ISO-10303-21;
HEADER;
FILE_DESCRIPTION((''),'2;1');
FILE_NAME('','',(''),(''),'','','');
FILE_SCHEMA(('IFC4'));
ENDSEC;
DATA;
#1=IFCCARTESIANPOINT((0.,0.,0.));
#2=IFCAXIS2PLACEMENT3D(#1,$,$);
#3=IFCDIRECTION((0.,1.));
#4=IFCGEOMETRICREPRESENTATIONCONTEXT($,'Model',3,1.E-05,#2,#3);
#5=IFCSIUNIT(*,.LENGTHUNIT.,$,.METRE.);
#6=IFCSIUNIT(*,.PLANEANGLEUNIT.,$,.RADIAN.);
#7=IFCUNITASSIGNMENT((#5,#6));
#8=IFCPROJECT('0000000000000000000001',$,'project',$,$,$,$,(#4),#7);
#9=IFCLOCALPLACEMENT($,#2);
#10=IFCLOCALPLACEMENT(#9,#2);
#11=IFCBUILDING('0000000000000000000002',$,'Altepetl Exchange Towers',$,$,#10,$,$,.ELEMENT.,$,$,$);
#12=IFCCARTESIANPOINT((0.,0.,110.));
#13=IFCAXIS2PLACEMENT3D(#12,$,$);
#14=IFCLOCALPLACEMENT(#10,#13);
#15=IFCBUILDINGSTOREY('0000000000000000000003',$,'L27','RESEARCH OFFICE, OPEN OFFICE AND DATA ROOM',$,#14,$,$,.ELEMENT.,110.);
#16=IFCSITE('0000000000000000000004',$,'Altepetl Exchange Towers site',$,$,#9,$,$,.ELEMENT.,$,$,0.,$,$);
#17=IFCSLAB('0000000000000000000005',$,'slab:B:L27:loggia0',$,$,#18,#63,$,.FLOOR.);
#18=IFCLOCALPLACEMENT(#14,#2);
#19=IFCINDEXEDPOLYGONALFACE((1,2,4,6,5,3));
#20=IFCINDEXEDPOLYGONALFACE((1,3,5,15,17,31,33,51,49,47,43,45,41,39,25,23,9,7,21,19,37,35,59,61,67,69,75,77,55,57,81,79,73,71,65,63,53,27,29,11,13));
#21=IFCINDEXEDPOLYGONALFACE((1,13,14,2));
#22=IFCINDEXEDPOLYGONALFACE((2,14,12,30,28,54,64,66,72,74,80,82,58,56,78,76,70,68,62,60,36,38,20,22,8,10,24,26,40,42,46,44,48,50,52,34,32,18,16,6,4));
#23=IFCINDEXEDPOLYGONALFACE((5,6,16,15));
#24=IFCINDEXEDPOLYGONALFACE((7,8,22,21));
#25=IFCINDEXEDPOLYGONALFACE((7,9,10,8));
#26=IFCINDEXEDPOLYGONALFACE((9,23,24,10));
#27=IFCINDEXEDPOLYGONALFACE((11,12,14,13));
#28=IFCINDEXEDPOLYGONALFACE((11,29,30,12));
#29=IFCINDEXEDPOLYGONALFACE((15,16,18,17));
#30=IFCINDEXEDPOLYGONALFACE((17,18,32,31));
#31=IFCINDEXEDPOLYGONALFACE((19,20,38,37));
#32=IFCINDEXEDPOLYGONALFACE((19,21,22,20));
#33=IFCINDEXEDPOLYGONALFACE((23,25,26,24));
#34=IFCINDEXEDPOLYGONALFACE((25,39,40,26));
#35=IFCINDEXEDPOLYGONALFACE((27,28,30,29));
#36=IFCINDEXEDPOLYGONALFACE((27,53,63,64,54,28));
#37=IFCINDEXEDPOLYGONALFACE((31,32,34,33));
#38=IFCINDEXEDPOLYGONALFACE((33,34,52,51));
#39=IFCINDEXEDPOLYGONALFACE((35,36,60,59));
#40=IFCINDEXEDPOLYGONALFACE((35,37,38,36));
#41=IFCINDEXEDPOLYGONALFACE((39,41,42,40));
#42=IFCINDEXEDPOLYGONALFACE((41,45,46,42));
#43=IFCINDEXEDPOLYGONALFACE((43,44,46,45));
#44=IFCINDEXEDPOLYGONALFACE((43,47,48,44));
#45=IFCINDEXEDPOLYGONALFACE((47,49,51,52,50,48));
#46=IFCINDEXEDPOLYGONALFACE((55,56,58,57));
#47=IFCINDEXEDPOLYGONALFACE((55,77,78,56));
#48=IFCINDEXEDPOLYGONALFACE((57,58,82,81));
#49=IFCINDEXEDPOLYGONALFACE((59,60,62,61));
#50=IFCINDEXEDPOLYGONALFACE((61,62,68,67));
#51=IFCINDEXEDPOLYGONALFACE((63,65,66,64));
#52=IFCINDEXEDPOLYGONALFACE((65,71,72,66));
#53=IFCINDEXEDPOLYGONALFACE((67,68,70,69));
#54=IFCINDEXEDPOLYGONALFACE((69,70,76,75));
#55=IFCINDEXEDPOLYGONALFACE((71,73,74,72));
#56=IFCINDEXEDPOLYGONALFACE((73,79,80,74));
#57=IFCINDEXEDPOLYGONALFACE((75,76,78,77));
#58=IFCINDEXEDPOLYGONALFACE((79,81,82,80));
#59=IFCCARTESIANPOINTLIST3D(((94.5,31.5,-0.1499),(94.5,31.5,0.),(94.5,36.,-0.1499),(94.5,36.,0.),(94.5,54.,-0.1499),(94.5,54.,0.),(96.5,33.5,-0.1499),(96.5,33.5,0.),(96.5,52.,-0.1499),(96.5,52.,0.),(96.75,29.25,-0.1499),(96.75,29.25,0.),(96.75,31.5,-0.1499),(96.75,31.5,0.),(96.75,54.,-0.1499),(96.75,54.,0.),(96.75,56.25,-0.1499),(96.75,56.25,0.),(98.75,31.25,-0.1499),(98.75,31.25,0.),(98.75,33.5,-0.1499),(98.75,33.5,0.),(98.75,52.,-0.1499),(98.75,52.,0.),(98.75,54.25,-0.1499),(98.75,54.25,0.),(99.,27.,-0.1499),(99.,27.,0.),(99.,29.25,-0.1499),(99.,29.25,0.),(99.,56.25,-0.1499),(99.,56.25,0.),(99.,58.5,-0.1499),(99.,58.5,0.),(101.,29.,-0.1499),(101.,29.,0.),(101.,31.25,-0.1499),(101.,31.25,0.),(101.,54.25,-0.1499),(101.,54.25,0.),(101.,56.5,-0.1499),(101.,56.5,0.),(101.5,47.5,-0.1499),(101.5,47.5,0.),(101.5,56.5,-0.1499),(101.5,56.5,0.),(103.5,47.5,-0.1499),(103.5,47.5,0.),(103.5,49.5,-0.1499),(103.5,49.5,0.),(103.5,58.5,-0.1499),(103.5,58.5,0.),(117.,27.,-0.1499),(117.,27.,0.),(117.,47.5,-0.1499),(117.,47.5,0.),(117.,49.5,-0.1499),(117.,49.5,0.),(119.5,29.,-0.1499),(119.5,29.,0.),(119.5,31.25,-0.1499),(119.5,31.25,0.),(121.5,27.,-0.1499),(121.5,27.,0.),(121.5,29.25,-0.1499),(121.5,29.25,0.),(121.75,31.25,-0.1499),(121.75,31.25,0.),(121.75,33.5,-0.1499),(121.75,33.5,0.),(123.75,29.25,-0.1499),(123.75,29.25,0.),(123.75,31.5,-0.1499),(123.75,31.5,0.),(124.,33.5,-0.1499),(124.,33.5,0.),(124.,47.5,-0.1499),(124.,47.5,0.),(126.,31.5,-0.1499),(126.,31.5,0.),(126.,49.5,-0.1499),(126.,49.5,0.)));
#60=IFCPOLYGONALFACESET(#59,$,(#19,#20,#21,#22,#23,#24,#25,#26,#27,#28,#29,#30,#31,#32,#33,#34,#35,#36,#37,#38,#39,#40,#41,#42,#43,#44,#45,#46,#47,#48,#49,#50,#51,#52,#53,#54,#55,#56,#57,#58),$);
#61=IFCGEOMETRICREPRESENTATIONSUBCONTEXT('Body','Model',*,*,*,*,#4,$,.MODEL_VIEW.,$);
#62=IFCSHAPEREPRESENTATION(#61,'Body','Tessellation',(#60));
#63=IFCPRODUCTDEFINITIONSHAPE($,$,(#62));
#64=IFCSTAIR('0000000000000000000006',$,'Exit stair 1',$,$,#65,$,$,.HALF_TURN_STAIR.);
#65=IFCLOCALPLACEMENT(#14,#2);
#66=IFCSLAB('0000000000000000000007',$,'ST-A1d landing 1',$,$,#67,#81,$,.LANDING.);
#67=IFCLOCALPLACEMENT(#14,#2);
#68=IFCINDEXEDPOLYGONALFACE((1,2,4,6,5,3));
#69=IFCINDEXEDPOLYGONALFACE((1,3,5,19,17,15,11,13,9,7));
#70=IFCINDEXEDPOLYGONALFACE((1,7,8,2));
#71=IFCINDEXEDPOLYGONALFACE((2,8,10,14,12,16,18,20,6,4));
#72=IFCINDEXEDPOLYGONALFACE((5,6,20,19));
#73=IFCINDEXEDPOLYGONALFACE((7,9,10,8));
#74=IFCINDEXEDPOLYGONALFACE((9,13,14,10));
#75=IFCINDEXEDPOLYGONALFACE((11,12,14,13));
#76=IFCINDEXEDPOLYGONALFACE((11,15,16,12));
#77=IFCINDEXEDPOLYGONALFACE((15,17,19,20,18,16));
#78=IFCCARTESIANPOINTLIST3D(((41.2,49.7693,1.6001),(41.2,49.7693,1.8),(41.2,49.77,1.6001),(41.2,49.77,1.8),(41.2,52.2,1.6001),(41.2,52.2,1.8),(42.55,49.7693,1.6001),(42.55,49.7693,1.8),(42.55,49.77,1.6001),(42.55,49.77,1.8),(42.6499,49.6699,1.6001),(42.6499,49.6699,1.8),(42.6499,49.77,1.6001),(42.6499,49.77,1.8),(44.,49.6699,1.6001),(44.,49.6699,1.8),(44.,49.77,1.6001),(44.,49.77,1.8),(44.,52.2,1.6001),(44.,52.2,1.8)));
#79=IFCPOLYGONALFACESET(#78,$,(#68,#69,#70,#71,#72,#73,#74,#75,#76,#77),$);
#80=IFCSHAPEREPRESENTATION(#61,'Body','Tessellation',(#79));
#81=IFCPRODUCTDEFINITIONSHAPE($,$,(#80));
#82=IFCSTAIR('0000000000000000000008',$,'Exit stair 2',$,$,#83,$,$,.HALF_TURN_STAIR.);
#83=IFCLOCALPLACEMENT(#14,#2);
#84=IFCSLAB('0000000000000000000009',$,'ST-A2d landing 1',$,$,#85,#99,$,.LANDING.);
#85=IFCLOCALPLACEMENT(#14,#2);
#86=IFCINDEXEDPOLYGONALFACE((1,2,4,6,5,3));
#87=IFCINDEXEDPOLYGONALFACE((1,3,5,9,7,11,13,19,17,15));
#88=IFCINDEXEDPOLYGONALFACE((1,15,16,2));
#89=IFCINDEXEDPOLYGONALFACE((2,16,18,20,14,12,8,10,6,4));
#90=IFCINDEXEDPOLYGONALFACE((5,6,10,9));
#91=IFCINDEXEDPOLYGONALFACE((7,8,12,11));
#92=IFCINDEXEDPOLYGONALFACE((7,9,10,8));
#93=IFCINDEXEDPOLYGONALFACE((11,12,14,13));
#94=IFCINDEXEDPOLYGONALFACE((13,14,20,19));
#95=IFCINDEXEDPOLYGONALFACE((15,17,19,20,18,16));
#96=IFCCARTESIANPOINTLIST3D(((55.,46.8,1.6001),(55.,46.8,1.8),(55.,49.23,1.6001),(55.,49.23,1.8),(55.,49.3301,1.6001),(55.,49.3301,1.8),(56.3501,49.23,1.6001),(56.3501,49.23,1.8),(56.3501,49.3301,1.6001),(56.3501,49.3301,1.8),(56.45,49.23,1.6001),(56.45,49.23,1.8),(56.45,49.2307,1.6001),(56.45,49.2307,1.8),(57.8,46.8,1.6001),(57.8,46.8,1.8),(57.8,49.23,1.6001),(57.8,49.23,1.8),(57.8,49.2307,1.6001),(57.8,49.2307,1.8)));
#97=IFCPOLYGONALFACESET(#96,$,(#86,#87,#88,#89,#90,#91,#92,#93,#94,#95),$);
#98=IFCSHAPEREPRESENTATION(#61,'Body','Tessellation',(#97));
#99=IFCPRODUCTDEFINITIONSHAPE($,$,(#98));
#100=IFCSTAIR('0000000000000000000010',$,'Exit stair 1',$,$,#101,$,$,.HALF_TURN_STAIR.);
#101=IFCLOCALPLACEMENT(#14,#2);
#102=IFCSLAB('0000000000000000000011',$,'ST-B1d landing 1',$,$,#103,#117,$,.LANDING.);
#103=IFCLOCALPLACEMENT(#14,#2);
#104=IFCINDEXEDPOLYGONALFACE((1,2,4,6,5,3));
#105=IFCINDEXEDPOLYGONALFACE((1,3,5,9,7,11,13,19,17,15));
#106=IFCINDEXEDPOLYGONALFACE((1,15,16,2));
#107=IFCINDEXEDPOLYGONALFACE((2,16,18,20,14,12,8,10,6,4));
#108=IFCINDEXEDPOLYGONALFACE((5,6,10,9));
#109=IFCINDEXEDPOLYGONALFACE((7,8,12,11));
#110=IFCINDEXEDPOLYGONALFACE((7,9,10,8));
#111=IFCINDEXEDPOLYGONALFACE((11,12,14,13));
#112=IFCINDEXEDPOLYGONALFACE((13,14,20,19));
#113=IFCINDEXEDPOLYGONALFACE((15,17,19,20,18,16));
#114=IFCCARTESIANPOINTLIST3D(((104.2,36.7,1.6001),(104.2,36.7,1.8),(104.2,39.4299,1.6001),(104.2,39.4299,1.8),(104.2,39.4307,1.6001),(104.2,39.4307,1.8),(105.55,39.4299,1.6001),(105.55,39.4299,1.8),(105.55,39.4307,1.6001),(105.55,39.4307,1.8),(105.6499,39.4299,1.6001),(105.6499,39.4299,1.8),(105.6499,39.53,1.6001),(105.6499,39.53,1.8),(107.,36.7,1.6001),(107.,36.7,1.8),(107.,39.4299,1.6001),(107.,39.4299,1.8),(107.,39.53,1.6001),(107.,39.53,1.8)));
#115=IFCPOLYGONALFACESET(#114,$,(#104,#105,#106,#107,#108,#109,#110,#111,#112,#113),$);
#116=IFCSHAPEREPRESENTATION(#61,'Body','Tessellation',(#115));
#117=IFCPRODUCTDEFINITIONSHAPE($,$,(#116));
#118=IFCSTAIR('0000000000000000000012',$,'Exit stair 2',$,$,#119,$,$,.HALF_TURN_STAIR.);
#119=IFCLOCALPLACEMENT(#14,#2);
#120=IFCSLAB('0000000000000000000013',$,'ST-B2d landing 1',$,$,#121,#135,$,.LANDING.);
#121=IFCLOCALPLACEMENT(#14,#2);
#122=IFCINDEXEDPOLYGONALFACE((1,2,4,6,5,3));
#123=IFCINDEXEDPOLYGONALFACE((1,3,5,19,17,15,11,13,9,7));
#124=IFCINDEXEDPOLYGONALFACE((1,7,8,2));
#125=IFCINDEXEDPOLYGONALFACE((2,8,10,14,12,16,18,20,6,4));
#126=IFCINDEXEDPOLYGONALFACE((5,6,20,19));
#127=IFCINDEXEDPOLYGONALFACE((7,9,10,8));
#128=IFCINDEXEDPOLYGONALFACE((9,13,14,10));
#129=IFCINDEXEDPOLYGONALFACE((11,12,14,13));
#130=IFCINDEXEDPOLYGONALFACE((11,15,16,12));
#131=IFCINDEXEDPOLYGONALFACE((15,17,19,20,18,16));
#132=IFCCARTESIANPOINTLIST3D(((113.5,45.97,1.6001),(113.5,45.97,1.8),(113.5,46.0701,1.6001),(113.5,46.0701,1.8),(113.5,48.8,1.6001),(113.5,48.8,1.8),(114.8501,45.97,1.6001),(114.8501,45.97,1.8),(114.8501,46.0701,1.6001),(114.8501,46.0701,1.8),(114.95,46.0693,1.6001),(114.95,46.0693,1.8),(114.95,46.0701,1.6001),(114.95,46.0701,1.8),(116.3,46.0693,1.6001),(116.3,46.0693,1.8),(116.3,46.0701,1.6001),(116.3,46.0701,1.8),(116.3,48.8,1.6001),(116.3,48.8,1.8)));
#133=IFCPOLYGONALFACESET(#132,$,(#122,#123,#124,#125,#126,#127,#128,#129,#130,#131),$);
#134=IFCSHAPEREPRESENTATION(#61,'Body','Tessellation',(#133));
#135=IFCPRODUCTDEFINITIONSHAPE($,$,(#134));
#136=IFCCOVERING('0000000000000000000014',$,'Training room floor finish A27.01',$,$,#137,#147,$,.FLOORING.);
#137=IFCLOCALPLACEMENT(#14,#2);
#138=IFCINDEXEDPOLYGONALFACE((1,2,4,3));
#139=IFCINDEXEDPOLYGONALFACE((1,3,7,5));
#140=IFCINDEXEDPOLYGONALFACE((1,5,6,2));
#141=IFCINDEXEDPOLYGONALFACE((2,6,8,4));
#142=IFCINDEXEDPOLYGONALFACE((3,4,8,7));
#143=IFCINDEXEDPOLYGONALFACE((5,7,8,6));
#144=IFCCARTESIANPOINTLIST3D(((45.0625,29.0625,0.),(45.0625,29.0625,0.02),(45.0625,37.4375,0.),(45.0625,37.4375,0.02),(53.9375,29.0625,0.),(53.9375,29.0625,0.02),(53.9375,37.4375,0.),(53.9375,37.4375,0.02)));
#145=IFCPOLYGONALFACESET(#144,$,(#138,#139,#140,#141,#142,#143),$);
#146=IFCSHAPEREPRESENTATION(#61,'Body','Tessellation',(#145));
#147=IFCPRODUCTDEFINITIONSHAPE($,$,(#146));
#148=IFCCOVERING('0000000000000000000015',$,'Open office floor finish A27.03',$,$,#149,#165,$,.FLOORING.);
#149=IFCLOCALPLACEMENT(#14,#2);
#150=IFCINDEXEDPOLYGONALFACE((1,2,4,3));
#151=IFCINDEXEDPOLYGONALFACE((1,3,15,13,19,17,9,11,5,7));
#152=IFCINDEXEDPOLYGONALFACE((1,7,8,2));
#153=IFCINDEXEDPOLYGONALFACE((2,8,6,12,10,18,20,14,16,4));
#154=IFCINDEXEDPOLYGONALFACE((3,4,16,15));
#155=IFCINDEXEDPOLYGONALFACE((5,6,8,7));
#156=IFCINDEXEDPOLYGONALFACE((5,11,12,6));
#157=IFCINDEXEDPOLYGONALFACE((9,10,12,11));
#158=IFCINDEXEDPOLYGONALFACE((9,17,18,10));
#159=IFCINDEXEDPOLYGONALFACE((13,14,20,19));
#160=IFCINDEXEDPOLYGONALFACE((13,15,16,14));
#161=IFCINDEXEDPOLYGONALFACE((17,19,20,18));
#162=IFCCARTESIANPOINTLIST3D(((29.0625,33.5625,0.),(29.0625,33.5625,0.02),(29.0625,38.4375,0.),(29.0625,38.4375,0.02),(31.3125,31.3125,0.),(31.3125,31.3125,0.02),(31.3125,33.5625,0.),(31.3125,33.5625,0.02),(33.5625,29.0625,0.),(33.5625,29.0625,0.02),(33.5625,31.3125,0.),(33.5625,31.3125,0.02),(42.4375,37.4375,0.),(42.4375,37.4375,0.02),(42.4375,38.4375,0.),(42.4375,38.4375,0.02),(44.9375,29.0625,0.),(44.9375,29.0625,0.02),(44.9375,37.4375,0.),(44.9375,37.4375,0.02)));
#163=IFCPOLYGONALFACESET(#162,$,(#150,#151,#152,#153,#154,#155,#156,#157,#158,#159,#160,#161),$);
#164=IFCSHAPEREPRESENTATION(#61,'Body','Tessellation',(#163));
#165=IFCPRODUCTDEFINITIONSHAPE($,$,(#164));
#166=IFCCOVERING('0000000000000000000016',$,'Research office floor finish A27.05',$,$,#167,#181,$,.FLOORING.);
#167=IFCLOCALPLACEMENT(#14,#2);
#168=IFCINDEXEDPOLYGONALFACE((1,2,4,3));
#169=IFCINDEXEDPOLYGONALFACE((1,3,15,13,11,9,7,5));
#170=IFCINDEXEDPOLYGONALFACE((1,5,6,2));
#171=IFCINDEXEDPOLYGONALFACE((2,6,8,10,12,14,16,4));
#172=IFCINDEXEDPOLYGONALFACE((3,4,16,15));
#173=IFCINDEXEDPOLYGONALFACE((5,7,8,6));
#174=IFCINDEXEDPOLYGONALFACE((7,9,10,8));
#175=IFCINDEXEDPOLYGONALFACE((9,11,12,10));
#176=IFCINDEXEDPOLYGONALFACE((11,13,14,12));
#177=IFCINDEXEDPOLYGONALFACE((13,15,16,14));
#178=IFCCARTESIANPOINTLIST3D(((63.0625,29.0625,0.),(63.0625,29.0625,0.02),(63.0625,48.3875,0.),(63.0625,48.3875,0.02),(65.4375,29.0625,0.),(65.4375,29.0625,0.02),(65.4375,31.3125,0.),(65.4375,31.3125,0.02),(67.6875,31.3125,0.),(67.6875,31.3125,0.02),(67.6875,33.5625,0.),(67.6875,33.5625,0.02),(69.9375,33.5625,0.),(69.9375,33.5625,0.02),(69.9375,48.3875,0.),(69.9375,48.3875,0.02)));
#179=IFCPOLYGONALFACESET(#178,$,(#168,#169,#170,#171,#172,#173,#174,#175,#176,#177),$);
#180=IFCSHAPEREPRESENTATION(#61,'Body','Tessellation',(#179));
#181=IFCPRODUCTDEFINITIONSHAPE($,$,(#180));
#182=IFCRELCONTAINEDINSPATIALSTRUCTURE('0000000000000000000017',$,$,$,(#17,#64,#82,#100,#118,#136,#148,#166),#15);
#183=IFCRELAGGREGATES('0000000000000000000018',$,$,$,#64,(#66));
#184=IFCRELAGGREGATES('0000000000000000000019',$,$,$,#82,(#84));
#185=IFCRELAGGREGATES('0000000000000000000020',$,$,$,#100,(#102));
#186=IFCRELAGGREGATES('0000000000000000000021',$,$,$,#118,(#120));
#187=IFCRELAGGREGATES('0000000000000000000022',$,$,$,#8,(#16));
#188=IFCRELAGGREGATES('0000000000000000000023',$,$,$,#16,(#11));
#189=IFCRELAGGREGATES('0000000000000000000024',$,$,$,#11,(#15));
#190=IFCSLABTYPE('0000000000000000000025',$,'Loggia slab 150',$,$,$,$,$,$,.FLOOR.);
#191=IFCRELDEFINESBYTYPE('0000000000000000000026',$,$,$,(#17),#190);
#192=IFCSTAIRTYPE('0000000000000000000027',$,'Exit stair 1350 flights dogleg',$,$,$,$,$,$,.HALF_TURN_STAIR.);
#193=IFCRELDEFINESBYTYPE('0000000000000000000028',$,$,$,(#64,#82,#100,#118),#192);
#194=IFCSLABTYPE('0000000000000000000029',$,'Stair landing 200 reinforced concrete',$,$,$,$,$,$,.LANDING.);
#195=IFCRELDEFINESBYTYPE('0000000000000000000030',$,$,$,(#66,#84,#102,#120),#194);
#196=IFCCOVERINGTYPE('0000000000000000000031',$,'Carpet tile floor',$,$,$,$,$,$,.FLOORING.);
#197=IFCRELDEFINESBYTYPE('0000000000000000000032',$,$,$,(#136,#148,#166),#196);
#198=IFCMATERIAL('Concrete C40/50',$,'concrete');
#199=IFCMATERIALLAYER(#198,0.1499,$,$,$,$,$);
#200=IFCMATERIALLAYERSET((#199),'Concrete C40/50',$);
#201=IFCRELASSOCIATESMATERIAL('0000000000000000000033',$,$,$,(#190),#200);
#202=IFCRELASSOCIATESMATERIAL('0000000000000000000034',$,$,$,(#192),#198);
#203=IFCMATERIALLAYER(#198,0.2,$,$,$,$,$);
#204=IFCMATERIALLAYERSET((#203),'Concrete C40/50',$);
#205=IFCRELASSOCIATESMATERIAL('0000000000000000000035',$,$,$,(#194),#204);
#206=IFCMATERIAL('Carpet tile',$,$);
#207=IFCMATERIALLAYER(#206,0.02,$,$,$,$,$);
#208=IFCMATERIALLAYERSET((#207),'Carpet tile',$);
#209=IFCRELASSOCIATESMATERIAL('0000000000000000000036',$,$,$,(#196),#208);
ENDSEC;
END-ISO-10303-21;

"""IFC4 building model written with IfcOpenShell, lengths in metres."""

from ifc_helpers import new_model, si_unit, direction, frame, origin, place, context, subcontext, project, spatial, polyline, outline, extrude, material, layer, layer_set, type_object, element, aggregate, save


model = new_model("IFC4")

# Units and contexts
model_context = context("Model", 3, precision=1e-05, world=origin(), true_north=direction((0.0, 1.0)))
body_context = subcontext(model_context, "Body", "Model", "MODEL_VIEW")
ifc_project = project(units=[si_unit("LENGTHUNIT", "METRE"), si_unit("PLANEANGLEUNIT", "RADIAN")], contexts=[model_context])

# Site, building, storey
site_placement = place(None, origin())
site = spatial("IfcSite", under=ifc_project, at=site_placement, Name="Altepetl Exchange Towers site", CompositionType="ELEMENT", RefElevation=0.0)
building_placement = place(site_placement, origin())
building = spatial("IfcBuilding", under=site, at=building_placement, Name="Altepetl Exchange Towers", CompositionType="ELEMENT")
storey_placement = place(building_placement, frame((0.0, 0.0, 110.0)))
storey = spatial("IfcBuildingStorey", under=building, at=storey_placement, Name="L27", Description="RESEARCH OFFICE, OPEN OFFICE AND DATA ROOM", CompositionType="ELEMENT", Elevation=110.0)

# Slab
ifc_material_1 = material(Name="Concrete C40/50", Category="concrete")
ifc_layer_1 = layer(ifc_material_1, 0.1499)
ifc_layer_set_1 = layer_set([ifc_layer_1], Name="Concrete C40/50")
slab_type_1 = type_object("IfcSlabType", Name="Loggia slab 150", PredefinedType="FLOOR", material=ifc_layer_set_1)
slab_1_placement = place(storey_placement, frame((0.0, 0.0, -0.1499)))
element("IfcSlab", 1, at=slab_1_placement, inside=storey, type_object=slab_type_1, Name="slab:B:L27:loggia0", PredefinedType="FLOOR", context=body_context, shape_type="SweptSolid", body=[
    extrude(outline(polyline([(96.75, 54.0), (94.5, 54.0), (94.5, 36.0), (94.5, 31.5), (96.75, 31.5), (96.75, 29.25), (99.0, 29.25), (99.0, 27.0), (117.0, 27.0), (121.5, 27.0), (121.5, 29.25), (123.75, 29.25), (123.75, 31.5), (126.0, 31.5), (126.0, 49.5), (117.0, 49.5), (117.0, 47.5), (124.0, 47.5), (124.0, 33.5), (121.75, 33.5), (121.75, 31.25), (119.5, 31.25), (119.5, 29.0), (101.0, 29.0), (101.0, 31.25), (98.75, 31.25), (98.75, 33.5), (96.5, 33.5), (96.5, 52.0), (98.75, 52.0), (98.75, 54.25), (101.0, 54.25), (101.0, 56.5), (101.5, 56.5), (101.5, 47.5), (103.5, 47.5), (103.5, 49.5), (103.5, 58.5), (99.0, 58.5), (99.0, 56.25), (96.75, 56.25), (96.75, 54.0)])), origin(), (0.0, 0.0, 1.0), 0.1499),
])

# Stairs, slabs
stair_type = type_object("IfcStairType", Name="Exit stair 1350 flights dogleg", PredefinedType="HALF_TURN_STAIR", material=ifc_material_1)
stair_1_placement = place(storey_placement, origin())
stair_1 = element("IfcStair", 2, at=stair_1_placement, inside=storey, type_object=stair_type, Name="Exit stair 1", PredefinedType="HALF_TURN_STAIR")
ifc_layer_2 = layer(ifc_material_1, 0.2)
ifc_layer_set_2 = layer_set([ifc_layer_2], Name="Concrete C40/50")
slab_type_2 = type_object("IfcSlabType", Name="Stair landing 200 reinforced concrete", PredefinedType="LANDING", material=ifc_layer_set_2)
slab_2_placement = place(storey_placement, frame((0.0, 0.0, 1.6001)))
slab_2 = element("IfcSlab", 3, at=slab_2_placement, type_object=slab_type_2, Name="ST-A1d landing 1", PredefinedType="LANDING", context=body_context, shape_type="SweptSolid", body=[
    extrude(outline(polyline([(44.0, 49.6699), (42.6499, 49.6699), (42.6499, 49.77), (42.55, 49.77), (42.55, 49.7693), (41.2, 49.7693), (41.2, 49.77), (41.2, 52.2), (44.0, 52.2), (44.0, 49.77), (44.0, 49.6699)])), origin(), (0.0, 0.0, 1.0), 0.2),
])
aggregate(stair_1, [slab_2])
stair_2_placement = place(storey_placement, origin())
stair_2 = element("IfcStair", 4, at=stair_2_placement, inside=storey, type_object=stair_type, Name="Exit stair 2", PredefinedType="HALF_TURN_STAIR")
slab_3_placement = place(storey_placement, frame((0.0, 0.0, 1.6001)))
slab_3 = element("IfcSlab", 5, at=slab_3_placement, type_object=slab_type_2, Name="ST-A2d landing 1", PredefinedType="LANDING", context=body_context, shape_type="SweptSolid", body=[
    extrude(outline(polyline([(57.8, 46.8), (55.0, 46.8), (55.0, 49.23), (55.0, 49.3301), (56.3501, 49.3301), (56.3501, 49.23), (56.45, 49.23), (56.45, 49.2307), (57.8, 49.2307), (57.8, 49.23), (57.8, 46.8)])), origin(), (0.0, 0.0, 1.0), 0.2),
])
aggregate(stair_2, [slab_3])
stair_3_placement = place(storey_placement, origin())
stair_3 = element("IfcStair", 6, at=stair_3_placement, inside=storey, type_object=stair_type, Name="Exit stair 1", PredefinedType="HALF_TURN_STAIR")
slab_4_placement = place(storey_placement, frame((0.0, 0.0, 1.6001)))
slab_4 = element("IfcSlab", 7, at=slab_4_placement, type_object=slab_type_2, Name="ST-B1d landing 1", PredefinedType="LANDING", context=body_context, shape_type="SweptSolid", body=[
    extrude(outline(polyline([(107.0, 36.7), (104.2, 36.7), (104.2, 39.4299), (104.2, 39.4307), (105.55, 39.4307), (105.55, 39.4299), (105.6499, 39.4299), (105.6499, 39.53), (107.0, 39.53), (107.0, 39.4299), (107.0, 36.7)])), origin(), (0.0, 0.0, 1.0), 0.2),
])
aggregate(stair_3, [slab_4])
stair_4_placement = place(storey_placement, origin())
stair_4 = element("IfcStair", 8, at=stair_4_placement, inside=storey, type_object=stair_type, Name="Exit stair 2", PredefinedType="HALF_TURN_STAIR")
slab_5_placement = place(storey_placement, frame((0.0, 0.0, 1.6001)))
slab_5 = element("IfcSlab", 9, at=slab_5_placement, type_object=slab_type_2, Name="ST-B2d landing 1", PredefinedType="LANDING", context=body_context, shape_type="SweptSolid", body=[
    extrude(outline(polyline([(114.8501, 45.97), (113.5, 45.97), (113.5, 46.0701), (113.5, 48.8), (116.3, 48.8), (116.3, 46.0701), (116.3, 46.0693), (114.95, 46.0693), (114.95, 46.0701), (114.8501, 46.0701), (114.8501, 45.97)])), origin(), (0.0, 0.0, 1.0), 0.2),
])
aggregate(stair_4, [slab_5])

# Coverings
ifc_material_2 = material(Name="Carpet tile")
ifc_layer_3 = layer(ifc_material_2, 0.02)
ifc_layer_set_3 = layer_set([ifc_layer_3], Name="Carpet tile")
covering_type_1 = type_object("IfcCoveringType", Name="Carpet tile floor", PredefinedType="FLOORING", material=ifc_layer_set_3)
covering_1_placement = place(storey_placement, origin())
element("IfcCovering", 10, at=covering_1_placement, inside=storey, type_object=covering_type_1, Name="Training room floor finish A27.01", PredefinedType="FLOORING", context=body_context, shape_type="SweptSolid", body=[
    extrude(outline(polyline([(53.9375, 29.0625), (53.9375, 37.4375), (45.0625, 37.4375), (45.0625, 29.0625), (53.9375, 29.0625)])), origin(), (0.0, 0.0, 1.0), 0.02),
])
covering_2_placement = place(storey_placement, origin())
element("IfcCovering", 11, at=covering_2_placement, inside=storey, type_object=covering_type_1, Name="Open office floor finish A27.03", PredefinedType="FLOORING", context=body_context, shape_type="SweptSolid", body=[
    extrude(outline(polyline([(33.5625, 29.0625), (44.9375, 29.0625), (44.9375, 37.4375), (42.4375, 37.4375), (42.4375, 38.4375), (29.0625, 38.4375), (29.0625, 33.5625), (31.3125, 33.5625), (31.3125, 31.3125), (33.5625, 31.3125), (33.5625, 29.0625)])), origin(), (0.0, 0.0, 1.0), 0.02),
])
covering_3_placement = place(storey_placement, origin())
element("IfcCovering", 12, at=covering_3_placement, inside=storey, type_object=covering_type_1, Name="Research office floor finish A27.05", PredefinedType="FLOORING", context=body_context, shape_type="SweptSolid", body=[
    extrude(outline(polyline([(67.6875, 33.5625), (69.9375, 33.5625), (69.9375, 48.3875), (63.0625, 48.3875), (63.0625, 29.0625), (65.4375, 29.0625), (65.4375, 31.3125), (67.6875, 31.3125), (67.6875, 33.5625)])), origin(), (0.0, 0.0, 1.0), 0.02),
])

save(model, "model.ifc")
